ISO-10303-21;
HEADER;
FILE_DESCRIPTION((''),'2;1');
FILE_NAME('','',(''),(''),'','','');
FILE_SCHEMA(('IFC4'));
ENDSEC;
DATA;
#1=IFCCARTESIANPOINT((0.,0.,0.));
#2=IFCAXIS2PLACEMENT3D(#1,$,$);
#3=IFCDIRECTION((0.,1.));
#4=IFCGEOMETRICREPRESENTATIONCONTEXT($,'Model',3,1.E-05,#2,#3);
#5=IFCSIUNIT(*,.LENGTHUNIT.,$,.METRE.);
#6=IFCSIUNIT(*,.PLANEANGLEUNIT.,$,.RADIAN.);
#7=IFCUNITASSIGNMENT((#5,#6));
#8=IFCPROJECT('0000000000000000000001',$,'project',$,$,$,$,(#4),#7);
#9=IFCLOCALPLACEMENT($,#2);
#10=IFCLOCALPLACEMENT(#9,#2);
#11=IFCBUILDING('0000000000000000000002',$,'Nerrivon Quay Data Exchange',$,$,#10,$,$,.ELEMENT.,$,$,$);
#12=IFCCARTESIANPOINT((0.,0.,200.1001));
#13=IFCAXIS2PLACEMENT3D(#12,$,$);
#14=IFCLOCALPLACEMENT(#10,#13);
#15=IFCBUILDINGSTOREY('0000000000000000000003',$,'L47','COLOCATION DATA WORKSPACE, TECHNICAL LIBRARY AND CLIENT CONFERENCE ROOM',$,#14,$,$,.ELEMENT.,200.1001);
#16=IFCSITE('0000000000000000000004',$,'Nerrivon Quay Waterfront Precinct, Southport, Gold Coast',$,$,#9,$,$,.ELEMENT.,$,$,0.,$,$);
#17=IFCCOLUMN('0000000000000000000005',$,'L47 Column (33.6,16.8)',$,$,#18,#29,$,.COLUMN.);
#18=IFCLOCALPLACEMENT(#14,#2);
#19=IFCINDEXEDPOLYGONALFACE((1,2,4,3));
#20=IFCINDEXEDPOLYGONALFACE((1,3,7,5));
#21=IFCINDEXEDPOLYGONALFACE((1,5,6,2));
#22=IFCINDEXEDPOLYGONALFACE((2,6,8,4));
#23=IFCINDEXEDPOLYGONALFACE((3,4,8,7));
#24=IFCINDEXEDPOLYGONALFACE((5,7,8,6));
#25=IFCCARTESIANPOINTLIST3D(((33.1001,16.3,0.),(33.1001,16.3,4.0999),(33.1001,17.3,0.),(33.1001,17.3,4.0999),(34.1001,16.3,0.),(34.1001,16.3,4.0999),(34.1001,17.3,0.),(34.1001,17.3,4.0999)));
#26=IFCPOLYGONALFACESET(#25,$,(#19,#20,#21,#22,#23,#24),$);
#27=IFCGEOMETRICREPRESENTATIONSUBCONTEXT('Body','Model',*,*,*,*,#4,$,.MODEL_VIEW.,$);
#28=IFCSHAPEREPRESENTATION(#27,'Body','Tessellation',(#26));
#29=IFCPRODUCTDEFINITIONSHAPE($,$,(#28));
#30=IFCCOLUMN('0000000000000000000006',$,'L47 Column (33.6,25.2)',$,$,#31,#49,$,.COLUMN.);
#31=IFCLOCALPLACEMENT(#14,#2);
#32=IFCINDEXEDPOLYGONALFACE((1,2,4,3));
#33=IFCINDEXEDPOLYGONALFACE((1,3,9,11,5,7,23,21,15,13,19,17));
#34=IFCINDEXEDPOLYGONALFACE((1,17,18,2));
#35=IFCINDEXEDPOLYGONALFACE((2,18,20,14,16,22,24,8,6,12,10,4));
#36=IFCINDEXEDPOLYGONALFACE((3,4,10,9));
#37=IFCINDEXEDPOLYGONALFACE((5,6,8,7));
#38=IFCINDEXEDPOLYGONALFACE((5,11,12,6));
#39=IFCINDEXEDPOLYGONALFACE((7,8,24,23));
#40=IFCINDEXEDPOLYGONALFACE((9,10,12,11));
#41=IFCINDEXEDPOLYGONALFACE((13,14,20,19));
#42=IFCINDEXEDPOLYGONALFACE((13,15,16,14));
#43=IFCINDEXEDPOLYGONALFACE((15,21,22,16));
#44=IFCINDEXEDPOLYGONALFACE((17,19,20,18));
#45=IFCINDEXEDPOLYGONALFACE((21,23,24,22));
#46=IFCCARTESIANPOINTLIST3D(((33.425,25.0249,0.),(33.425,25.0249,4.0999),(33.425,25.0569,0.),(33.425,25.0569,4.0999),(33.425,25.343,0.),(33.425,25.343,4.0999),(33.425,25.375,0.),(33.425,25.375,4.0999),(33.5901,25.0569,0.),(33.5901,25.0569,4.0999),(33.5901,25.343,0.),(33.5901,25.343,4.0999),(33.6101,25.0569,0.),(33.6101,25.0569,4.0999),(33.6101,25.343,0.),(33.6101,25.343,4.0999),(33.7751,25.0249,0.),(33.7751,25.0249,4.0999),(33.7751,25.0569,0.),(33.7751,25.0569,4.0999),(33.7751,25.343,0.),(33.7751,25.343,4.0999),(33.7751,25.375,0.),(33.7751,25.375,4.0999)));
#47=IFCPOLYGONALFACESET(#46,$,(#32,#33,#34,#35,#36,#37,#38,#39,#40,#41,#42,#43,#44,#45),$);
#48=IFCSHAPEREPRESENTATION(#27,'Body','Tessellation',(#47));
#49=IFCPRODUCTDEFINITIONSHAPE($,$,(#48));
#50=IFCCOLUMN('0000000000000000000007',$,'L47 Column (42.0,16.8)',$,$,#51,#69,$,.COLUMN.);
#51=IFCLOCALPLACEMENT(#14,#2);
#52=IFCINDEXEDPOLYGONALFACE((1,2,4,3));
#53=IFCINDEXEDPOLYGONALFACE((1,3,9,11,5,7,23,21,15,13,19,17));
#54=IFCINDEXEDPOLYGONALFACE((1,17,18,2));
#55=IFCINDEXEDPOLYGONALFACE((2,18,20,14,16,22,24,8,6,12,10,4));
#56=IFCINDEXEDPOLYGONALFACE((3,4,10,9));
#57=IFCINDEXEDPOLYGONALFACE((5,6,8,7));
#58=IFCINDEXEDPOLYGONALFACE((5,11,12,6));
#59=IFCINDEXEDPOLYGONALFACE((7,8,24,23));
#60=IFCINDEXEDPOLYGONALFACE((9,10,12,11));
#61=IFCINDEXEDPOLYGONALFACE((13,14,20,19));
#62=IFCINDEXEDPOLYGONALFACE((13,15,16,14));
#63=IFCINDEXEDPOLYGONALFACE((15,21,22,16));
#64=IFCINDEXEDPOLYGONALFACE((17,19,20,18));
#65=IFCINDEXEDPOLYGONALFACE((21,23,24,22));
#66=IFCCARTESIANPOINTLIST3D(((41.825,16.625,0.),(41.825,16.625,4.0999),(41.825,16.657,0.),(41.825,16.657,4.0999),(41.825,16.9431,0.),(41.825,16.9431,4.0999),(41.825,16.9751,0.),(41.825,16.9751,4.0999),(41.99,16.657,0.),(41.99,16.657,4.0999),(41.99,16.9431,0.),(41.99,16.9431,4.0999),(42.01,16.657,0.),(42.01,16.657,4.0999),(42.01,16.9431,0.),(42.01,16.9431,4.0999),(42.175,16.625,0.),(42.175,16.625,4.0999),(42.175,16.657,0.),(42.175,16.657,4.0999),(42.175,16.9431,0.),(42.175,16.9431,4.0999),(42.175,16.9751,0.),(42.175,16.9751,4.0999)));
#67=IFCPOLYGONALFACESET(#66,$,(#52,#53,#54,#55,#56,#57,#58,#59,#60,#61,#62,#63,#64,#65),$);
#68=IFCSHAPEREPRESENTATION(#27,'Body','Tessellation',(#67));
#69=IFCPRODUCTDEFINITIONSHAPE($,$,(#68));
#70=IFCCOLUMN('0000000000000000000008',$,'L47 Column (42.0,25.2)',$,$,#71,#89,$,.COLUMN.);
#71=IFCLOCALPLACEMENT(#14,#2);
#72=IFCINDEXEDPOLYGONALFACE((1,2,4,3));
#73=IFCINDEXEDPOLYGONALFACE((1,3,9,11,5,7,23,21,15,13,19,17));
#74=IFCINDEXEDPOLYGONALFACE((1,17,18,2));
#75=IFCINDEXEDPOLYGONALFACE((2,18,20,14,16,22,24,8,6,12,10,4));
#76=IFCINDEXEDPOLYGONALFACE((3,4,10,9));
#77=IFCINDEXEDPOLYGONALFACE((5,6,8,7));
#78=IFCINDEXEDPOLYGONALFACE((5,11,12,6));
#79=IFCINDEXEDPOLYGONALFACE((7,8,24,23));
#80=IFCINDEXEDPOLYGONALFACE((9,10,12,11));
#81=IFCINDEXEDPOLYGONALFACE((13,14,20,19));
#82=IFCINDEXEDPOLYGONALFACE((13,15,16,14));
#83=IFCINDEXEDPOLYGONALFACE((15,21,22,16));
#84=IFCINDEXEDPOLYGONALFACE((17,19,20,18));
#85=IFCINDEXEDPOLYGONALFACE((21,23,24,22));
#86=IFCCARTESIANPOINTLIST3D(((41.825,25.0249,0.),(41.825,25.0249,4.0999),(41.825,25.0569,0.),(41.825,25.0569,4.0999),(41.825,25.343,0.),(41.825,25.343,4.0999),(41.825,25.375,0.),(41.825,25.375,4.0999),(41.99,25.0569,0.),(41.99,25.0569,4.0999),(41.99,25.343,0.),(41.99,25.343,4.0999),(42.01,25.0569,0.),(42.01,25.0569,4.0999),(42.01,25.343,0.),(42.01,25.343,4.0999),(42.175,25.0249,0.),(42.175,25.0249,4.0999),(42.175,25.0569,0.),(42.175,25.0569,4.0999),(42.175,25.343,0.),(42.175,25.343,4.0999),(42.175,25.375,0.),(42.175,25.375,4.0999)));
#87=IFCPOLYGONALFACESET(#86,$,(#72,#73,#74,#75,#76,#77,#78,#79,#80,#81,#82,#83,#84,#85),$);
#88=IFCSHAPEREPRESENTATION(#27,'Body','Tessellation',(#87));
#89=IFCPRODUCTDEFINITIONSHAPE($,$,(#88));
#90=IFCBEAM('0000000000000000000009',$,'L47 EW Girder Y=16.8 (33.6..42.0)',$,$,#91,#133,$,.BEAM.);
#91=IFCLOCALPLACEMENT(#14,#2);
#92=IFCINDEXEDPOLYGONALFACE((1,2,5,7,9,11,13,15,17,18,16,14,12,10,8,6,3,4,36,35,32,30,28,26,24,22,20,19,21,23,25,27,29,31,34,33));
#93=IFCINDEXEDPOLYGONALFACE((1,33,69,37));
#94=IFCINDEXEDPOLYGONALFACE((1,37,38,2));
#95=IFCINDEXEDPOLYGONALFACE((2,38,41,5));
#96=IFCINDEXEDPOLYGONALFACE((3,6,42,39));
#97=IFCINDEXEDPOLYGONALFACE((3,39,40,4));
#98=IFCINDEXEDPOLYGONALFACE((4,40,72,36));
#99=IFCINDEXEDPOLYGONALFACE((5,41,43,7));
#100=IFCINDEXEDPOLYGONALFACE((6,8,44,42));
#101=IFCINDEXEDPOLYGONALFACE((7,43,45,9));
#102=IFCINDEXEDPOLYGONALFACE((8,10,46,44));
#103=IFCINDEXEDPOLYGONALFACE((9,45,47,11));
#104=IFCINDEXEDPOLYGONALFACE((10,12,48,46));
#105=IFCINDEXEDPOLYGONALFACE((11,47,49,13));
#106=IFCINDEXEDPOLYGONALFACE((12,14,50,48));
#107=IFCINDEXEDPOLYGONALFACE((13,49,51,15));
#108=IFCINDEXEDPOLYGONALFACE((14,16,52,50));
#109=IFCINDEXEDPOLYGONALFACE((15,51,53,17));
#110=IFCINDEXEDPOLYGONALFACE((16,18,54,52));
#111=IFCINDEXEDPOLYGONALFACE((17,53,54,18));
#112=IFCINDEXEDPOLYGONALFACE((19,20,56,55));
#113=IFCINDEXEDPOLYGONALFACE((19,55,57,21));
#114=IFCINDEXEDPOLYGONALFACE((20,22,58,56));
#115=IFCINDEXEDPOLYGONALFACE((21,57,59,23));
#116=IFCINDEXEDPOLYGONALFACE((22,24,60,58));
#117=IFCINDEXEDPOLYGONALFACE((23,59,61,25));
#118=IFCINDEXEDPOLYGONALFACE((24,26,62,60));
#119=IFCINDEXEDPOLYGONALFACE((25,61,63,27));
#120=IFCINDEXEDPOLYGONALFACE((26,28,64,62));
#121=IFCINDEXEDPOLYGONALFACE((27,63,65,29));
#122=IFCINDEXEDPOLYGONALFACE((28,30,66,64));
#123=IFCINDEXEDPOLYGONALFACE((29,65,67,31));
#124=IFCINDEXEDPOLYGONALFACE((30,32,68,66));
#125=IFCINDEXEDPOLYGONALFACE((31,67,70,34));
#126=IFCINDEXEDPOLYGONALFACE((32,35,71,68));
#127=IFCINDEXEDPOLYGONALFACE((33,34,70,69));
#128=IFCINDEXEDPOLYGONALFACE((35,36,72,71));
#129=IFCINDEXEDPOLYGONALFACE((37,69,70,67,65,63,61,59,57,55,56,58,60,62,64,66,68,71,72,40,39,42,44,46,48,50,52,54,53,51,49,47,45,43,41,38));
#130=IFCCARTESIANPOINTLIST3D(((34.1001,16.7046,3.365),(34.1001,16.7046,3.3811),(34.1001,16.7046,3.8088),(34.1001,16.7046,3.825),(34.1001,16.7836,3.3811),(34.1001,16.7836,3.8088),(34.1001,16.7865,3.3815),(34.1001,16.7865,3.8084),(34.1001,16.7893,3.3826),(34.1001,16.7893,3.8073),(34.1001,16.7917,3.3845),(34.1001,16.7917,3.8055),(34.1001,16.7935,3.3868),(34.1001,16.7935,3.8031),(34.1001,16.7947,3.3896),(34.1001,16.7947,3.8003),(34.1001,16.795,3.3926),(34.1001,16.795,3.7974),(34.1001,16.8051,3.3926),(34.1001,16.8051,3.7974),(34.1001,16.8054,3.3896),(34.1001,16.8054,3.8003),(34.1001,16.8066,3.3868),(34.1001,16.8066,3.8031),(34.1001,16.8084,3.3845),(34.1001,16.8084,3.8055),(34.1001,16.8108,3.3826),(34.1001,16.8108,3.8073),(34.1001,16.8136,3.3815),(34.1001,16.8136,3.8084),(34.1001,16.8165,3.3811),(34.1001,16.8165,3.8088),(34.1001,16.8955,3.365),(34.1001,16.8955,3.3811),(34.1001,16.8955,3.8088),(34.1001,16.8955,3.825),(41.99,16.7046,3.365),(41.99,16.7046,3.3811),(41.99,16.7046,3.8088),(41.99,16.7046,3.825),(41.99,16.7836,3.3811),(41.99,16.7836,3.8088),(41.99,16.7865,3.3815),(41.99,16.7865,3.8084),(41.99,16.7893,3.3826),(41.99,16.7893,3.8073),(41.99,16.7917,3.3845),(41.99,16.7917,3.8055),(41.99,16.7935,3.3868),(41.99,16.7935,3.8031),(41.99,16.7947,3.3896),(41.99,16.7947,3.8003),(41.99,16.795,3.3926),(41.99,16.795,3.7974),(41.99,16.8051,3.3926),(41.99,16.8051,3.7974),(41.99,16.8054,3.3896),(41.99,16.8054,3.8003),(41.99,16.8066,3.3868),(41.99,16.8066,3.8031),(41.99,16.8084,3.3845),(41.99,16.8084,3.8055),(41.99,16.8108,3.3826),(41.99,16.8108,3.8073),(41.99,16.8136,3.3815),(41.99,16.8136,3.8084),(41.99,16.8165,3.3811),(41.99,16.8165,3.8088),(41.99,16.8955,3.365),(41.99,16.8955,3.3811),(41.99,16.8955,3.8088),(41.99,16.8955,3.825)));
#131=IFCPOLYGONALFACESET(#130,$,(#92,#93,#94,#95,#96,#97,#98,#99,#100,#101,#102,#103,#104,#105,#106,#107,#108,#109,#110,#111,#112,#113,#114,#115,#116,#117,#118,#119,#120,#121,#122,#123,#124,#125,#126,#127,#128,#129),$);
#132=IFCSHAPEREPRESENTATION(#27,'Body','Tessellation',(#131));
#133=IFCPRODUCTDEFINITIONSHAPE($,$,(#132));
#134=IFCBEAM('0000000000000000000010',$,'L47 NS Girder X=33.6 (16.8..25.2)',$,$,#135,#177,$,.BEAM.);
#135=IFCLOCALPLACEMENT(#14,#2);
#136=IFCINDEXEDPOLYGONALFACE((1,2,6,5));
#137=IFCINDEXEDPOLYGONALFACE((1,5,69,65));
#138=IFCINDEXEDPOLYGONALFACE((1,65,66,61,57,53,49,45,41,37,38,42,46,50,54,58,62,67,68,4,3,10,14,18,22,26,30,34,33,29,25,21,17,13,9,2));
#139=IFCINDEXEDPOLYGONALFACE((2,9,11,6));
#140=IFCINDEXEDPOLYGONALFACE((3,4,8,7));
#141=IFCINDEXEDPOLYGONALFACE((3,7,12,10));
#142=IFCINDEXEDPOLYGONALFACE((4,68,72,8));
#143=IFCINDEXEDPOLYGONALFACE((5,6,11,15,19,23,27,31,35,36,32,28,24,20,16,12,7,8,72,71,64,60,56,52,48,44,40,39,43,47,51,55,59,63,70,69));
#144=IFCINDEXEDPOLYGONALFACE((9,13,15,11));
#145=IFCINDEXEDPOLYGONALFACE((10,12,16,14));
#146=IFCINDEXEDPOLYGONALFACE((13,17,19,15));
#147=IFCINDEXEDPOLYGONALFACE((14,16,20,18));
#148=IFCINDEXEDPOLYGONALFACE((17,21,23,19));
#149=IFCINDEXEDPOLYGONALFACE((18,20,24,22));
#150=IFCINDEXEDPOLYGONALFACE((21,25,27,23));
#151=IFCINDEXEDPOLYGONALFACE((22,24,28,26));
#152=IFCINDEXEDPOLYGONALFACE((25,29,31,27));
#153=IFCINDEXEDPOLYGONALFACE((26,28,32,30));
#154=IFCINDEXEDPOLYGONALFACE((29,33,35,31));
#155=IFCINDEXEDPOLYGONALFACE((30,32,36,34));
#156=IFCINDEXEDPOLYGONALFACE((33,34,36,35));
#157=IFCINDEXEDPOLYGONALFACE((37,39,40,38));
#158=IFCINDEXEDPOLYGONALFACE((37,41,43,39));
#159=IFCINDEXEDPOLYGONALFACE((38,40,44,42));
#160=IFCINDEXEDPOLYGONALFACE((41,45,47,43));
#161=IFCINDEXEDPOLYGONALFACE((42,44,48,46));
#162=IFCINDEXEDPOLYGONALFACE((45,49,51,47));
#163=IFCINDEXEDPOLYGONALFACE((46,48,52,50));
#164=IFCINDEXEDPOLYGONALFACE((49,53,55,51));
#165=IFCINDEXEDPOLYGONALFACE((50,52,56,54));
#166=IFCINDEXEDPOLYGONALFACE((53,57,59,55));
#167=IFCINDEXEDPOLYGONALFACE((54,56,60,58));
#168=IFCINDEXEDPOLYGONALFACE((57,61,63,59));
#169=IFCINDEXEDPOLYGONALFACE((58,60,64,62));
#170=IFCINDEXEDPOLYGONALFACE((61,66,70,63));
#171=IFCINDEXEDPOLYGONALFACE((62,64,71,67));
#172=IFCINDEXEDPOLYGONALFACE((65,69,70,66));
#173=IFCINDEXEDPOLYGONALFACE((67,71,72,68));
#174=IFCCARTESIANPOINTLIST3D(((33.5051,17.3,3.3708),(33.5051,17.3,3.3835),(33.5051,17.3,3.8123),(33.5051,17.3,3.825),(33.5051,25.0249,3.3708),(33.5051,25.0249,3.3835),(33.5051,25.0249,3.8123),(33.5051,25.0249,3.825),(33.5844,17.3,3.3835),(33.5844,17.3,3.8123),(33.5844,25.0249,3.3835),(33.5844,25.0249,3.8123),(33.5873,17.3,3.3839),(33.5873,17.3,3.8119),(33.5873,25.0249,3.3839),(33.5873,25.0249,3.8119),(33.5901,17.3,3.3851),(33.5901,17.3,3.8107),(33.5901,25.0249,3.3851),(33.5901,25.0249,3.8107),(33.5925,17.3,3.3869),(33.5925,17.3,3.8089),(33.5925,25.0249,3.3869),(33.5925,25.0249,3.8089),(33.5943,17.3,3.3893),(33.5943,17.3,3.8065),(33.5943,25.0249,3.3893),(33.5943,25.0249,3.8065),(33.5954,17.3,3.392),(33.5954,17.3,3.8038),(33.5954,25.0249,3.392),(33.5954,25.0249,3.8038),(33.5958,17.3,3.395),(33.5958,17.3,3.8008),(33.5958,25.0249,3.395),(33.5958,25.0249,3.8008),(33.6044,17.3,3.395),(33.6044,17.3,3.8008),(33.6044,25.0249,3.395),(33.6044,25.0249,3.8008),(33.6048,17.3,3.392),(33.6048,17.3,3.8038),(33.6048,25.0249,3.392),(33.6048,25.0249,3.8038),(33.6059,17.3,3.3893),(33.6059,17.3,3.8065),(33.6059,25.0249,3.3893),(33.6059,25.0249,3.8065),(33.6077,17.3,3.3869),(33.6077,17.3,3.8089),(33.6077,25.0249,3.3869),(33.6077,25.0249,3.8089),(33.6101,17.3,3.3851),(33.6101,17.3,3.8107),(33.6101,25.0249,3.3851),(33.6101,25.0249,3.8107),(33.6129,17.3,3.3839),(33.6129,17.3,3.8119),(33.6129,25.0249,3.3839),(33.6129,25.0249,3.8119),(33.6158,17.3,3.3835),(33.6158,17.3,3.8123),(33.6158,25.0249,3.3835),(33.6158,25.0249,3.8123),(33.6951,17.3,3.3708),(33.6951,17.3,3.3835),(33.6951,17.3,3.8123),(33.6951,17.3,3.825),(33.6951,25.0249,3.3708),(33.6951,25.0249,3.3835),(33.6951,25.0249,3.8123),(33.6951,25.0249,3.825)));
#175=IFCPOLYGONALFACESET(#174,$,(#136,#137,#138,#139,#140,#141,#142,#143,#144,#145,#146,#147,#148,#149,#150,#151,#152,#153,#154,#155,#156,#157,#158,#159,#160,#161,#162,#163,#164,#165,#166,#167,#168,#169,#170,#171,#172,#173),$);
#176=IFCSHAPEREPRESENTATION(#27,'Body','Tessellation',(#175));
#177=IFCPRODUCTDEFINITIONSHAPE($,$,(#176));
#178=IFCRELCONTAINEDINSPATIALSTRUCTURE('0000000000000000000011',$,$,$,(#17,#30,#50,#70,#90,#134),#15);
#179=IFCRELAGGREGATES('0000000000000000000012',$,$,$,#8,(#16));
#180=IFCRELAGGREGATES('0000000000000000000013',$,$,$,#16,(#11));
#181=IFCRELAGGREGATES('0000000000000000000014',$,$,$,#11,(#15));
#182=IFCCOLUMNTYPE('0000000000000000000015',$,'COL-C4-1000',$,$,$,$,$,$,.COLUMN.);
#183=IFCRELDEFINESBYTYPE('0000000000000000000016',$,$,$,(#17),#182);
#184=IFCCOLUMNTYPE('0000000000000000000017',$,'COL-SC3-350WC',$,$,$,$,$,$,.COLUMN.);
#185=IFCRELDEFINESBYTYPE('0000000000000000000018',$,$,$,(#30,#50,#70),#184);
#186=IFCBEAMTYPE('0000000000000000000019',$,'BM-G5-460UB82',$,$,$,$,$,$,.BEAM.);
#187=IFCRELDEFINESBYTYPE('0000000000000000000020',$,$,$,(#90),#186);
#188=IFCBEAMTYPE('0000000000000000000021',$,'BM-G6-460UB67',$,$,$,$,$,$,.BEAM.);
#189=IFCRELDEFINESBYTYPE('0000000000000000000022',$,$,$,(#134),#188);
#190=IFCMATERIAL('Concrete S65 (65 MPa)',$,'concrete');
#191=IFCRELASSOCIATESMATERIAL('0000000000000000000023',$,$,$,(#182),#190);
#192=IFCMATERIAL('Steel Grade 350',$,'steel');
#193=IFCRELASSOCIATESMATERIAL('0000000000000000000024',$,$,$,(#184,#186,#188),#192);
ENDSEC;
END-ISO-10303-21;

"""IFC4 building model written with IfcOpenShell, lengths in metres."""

from ifc_helpers import new_model, si_unit, direction, frame, origin, origin_2d, place, context, subcontext, project, spatial, rectangle, i_section, extrude, material, material_profile, profile_set, type_object, element, save


model = new_model("IFC4")

# Units and contexts
model_context = context("Model", 3, precision=1e-05, world=origin(), true_north=direction((0.0, 1.0)))
body_context = subcontext(model_context, "Body", "Model", "MODEL_VIEW")
ifc_project = project(units=[si_unit("LENGTHUNIT", "METRE"), si_unit("PLANEANGLEUNIT", "RADIAN")], contexts=[model_context])

# Site, building, storey
site_placement = place(None, origin())
site = spatial("IfcSite", under=ifc_project, at=site_placement, Name="Nerrivon Quay Waterfront Precinct, Southport, Gold Coast", CompositionType="ELEMENT", RefElevation=0.0)
building_placement = place(site_placement, origin())
building = spatial("IfcBuilding", under=site, at=building_placement, Name="Nerrivon Quay Data Exchange", CompositionType="ELEMENT")
storey_placement = place(building_placement, frame((0.0, 0.0, 200.1001)))
storey = spatial("IfcBuildingStorey", under=building, at=storey_placement, Name="L47", Description="COLOCATION DATA WORKSPACE, TECHNICAL LIBRARY AND CLIENT CONFERENCE ROOM", CompositionType="ELEMENT", Elevation=200.1001)

# Columns
ifc_material_1 = material(Name="Concrete S65 (65 MPa)", Category="concrete")
ifc_material_profile_1 = material_profile(ifc_material_1, rectangle(XDim=1.0, YDim=1.0, at=origin_2d()), Name="RC-COL-1000x1000")
ifc_profile_set_1 = profile_set([ifc_material_profile_1], Name="Concrete S65 (65 MPa)")
column_type_1 = type_object("IfcColumnType", Name="COL-C4-1000", PredefinedType="COLUMN", material=ifc_profile_set_1)
column_placement = place(storey_placement, frame((33.6001, 16.8, 0.0), z_axis=(0.0, 0.0, 1.0), x_axis=(1.0, 0.0, 0.0)))
element("IfcColumn", 1, at=column_placement, inside=storey, type_object=column_type_1, Name="L47 Column (33.6,16.8)", PredefinedType="COLUMN", context=body_context, shape_type="SweptSolid", body=[
    extrude(rectangle(XDim=1.0, YDim=1.0, at=origin_2d()), origin(), (0.0, 0.0, 1.0), 4.0999),
])
ifc_material_2 = material(Name="Steel Grade 350", Category="steel")
ifc_material_profile_2 = material_profile(ifc_material_2, i_section(OverallWidth=0.3501, OverallDepth=0.3501, WebThickness=0.02, FlangeThickness=0.032, at=origin_2d()), Name="350WC230")
ifc_profile_set_2 = profile_set([ifc_material_profile_2], Name="Steel Grade 350")
column_type_2 = type_object("IfcColumnType", Name="COL-SC3-350WC", PredefinedType="COLUMN", material=ifc_profile_set_2)
for number, where, z_axis, x_axis, name in (
    (2, (33.6001, 25.2, 0.0), (0.0, 0.0, 1.0), (1.0, 0.0, 0.0), "L47 Column (33.6,25.2)"),
    (3, (42.0, 16.8, 0.0), (0.0, 0.0, 1.0), (1.0, 0.0, 0.0), "L47 Column (42.0,16.8)"),
    (4, (42.0, 25.2, 0.0), (0.0, 0.0, 1.0), (1.0, 0.0, 0.0), "L47 Column (42.0,25.2)"),
):
    element("IfcColumn", number, at=place(storey_placement, frame(where, z_axis=z_axis, x_axis=x_axis)), inside=storey, type_object=column_type_2, Name=name, PredefinedType="COLUMN", context=body_context, shape_type="SweptSolid", body=[
        extrude(i_section(OverallWidth=0.3501, OverallDepth=0.3501, WebThickness=0.02, FlangeThickness=0.032, at=origin_2d()), origin(), (0.0, 0.0, 1.0), 4.0999),
    ])

# Beams
ifc_material_profile_3 = material_profile(ifc_material_2, i_section(OverallWidth=0.1909, OverallDepth=0.46, WebThickness=0.01, FlangeThickness=0.0161, FilletRadius=0.0115, at=origin_2d()), Name="460UB82.1")
ifc_profile_set_3 = profile_set([ifc_material_profile_3], Name="Steel Grade 350")
beam_type_1 = type_object("IfcBeamType", Name="BM-G5-460UB82", PredefinedType="BEAM", material=ifc_profile_set_3)
beam_1_placement = place(storey_placement, frame((34.1001, 16.8, 3.595), z_axis=(1.0, 0.0, 0.0), x_axis=(0.0, 1.0, 0.0)))
element("IfcBeam", 5, at=beam_1_placement, inside=storey, type_object=beam_type_1, Name="L47 EW Girder Y=16.8 (33.6..42.0)", PredefinedType="BEAM", context=body_context, shape_type="SweptSolid", body=[
    extrude(i_section(OverallWidth=0.1909, OverallDepth=0.46, WebThickness=0.01, FlangeThickness=0.0161, FilletRadius=0.0115, at=origin_2d()), origin(), (0.0, 0.0, 1.0), 7.8899),
])
ifc_material_profile_4 = material_profile(ifc_material_2, i_section(OverallWidth=0.1899, OverallDepth=0.4541, WebThickness=0.0085, FlangeThickness=0.0127, FilletRadius=0.0115, at=origin_2d()), Name="460UB67.1")
ifc_profile_set_4 = profile_set([ifc_material_profile_4], Name="Steel Grade 350")
beam_type_2 = type_object("IfcBeamType", Name="BM-G6-460UB67", PredefinedType="BEAM", material=ifc_profile_set_4)
beam_2_placement = place(storey_placement, frame((33.6001, 17.3, 3.5979), z_axis=(0.0, 1.0, 0.0), x_axis=(-1.0, 0.0, 0.0)))
element("IfcBeam", 6, at=beam_2_placement, inside=storey, type_object=beam_type_2, Name="L47 NS Girder X=33.6 (16.8..25.2)", PredefinedType="BEAM", context=body_context, shape_type="SweptSolid", body=[
    extrude(i_section(OverallWidth=0.1899, OverallDepth=0.4541, WebThickness=0.0085, FlangeThickness=0.0127, FilletRadius=0.0115, at=origin_2d()), origin(), (0.0, 0.0, 1.0), 7.7249),
])

save(model, "model.ifc")
